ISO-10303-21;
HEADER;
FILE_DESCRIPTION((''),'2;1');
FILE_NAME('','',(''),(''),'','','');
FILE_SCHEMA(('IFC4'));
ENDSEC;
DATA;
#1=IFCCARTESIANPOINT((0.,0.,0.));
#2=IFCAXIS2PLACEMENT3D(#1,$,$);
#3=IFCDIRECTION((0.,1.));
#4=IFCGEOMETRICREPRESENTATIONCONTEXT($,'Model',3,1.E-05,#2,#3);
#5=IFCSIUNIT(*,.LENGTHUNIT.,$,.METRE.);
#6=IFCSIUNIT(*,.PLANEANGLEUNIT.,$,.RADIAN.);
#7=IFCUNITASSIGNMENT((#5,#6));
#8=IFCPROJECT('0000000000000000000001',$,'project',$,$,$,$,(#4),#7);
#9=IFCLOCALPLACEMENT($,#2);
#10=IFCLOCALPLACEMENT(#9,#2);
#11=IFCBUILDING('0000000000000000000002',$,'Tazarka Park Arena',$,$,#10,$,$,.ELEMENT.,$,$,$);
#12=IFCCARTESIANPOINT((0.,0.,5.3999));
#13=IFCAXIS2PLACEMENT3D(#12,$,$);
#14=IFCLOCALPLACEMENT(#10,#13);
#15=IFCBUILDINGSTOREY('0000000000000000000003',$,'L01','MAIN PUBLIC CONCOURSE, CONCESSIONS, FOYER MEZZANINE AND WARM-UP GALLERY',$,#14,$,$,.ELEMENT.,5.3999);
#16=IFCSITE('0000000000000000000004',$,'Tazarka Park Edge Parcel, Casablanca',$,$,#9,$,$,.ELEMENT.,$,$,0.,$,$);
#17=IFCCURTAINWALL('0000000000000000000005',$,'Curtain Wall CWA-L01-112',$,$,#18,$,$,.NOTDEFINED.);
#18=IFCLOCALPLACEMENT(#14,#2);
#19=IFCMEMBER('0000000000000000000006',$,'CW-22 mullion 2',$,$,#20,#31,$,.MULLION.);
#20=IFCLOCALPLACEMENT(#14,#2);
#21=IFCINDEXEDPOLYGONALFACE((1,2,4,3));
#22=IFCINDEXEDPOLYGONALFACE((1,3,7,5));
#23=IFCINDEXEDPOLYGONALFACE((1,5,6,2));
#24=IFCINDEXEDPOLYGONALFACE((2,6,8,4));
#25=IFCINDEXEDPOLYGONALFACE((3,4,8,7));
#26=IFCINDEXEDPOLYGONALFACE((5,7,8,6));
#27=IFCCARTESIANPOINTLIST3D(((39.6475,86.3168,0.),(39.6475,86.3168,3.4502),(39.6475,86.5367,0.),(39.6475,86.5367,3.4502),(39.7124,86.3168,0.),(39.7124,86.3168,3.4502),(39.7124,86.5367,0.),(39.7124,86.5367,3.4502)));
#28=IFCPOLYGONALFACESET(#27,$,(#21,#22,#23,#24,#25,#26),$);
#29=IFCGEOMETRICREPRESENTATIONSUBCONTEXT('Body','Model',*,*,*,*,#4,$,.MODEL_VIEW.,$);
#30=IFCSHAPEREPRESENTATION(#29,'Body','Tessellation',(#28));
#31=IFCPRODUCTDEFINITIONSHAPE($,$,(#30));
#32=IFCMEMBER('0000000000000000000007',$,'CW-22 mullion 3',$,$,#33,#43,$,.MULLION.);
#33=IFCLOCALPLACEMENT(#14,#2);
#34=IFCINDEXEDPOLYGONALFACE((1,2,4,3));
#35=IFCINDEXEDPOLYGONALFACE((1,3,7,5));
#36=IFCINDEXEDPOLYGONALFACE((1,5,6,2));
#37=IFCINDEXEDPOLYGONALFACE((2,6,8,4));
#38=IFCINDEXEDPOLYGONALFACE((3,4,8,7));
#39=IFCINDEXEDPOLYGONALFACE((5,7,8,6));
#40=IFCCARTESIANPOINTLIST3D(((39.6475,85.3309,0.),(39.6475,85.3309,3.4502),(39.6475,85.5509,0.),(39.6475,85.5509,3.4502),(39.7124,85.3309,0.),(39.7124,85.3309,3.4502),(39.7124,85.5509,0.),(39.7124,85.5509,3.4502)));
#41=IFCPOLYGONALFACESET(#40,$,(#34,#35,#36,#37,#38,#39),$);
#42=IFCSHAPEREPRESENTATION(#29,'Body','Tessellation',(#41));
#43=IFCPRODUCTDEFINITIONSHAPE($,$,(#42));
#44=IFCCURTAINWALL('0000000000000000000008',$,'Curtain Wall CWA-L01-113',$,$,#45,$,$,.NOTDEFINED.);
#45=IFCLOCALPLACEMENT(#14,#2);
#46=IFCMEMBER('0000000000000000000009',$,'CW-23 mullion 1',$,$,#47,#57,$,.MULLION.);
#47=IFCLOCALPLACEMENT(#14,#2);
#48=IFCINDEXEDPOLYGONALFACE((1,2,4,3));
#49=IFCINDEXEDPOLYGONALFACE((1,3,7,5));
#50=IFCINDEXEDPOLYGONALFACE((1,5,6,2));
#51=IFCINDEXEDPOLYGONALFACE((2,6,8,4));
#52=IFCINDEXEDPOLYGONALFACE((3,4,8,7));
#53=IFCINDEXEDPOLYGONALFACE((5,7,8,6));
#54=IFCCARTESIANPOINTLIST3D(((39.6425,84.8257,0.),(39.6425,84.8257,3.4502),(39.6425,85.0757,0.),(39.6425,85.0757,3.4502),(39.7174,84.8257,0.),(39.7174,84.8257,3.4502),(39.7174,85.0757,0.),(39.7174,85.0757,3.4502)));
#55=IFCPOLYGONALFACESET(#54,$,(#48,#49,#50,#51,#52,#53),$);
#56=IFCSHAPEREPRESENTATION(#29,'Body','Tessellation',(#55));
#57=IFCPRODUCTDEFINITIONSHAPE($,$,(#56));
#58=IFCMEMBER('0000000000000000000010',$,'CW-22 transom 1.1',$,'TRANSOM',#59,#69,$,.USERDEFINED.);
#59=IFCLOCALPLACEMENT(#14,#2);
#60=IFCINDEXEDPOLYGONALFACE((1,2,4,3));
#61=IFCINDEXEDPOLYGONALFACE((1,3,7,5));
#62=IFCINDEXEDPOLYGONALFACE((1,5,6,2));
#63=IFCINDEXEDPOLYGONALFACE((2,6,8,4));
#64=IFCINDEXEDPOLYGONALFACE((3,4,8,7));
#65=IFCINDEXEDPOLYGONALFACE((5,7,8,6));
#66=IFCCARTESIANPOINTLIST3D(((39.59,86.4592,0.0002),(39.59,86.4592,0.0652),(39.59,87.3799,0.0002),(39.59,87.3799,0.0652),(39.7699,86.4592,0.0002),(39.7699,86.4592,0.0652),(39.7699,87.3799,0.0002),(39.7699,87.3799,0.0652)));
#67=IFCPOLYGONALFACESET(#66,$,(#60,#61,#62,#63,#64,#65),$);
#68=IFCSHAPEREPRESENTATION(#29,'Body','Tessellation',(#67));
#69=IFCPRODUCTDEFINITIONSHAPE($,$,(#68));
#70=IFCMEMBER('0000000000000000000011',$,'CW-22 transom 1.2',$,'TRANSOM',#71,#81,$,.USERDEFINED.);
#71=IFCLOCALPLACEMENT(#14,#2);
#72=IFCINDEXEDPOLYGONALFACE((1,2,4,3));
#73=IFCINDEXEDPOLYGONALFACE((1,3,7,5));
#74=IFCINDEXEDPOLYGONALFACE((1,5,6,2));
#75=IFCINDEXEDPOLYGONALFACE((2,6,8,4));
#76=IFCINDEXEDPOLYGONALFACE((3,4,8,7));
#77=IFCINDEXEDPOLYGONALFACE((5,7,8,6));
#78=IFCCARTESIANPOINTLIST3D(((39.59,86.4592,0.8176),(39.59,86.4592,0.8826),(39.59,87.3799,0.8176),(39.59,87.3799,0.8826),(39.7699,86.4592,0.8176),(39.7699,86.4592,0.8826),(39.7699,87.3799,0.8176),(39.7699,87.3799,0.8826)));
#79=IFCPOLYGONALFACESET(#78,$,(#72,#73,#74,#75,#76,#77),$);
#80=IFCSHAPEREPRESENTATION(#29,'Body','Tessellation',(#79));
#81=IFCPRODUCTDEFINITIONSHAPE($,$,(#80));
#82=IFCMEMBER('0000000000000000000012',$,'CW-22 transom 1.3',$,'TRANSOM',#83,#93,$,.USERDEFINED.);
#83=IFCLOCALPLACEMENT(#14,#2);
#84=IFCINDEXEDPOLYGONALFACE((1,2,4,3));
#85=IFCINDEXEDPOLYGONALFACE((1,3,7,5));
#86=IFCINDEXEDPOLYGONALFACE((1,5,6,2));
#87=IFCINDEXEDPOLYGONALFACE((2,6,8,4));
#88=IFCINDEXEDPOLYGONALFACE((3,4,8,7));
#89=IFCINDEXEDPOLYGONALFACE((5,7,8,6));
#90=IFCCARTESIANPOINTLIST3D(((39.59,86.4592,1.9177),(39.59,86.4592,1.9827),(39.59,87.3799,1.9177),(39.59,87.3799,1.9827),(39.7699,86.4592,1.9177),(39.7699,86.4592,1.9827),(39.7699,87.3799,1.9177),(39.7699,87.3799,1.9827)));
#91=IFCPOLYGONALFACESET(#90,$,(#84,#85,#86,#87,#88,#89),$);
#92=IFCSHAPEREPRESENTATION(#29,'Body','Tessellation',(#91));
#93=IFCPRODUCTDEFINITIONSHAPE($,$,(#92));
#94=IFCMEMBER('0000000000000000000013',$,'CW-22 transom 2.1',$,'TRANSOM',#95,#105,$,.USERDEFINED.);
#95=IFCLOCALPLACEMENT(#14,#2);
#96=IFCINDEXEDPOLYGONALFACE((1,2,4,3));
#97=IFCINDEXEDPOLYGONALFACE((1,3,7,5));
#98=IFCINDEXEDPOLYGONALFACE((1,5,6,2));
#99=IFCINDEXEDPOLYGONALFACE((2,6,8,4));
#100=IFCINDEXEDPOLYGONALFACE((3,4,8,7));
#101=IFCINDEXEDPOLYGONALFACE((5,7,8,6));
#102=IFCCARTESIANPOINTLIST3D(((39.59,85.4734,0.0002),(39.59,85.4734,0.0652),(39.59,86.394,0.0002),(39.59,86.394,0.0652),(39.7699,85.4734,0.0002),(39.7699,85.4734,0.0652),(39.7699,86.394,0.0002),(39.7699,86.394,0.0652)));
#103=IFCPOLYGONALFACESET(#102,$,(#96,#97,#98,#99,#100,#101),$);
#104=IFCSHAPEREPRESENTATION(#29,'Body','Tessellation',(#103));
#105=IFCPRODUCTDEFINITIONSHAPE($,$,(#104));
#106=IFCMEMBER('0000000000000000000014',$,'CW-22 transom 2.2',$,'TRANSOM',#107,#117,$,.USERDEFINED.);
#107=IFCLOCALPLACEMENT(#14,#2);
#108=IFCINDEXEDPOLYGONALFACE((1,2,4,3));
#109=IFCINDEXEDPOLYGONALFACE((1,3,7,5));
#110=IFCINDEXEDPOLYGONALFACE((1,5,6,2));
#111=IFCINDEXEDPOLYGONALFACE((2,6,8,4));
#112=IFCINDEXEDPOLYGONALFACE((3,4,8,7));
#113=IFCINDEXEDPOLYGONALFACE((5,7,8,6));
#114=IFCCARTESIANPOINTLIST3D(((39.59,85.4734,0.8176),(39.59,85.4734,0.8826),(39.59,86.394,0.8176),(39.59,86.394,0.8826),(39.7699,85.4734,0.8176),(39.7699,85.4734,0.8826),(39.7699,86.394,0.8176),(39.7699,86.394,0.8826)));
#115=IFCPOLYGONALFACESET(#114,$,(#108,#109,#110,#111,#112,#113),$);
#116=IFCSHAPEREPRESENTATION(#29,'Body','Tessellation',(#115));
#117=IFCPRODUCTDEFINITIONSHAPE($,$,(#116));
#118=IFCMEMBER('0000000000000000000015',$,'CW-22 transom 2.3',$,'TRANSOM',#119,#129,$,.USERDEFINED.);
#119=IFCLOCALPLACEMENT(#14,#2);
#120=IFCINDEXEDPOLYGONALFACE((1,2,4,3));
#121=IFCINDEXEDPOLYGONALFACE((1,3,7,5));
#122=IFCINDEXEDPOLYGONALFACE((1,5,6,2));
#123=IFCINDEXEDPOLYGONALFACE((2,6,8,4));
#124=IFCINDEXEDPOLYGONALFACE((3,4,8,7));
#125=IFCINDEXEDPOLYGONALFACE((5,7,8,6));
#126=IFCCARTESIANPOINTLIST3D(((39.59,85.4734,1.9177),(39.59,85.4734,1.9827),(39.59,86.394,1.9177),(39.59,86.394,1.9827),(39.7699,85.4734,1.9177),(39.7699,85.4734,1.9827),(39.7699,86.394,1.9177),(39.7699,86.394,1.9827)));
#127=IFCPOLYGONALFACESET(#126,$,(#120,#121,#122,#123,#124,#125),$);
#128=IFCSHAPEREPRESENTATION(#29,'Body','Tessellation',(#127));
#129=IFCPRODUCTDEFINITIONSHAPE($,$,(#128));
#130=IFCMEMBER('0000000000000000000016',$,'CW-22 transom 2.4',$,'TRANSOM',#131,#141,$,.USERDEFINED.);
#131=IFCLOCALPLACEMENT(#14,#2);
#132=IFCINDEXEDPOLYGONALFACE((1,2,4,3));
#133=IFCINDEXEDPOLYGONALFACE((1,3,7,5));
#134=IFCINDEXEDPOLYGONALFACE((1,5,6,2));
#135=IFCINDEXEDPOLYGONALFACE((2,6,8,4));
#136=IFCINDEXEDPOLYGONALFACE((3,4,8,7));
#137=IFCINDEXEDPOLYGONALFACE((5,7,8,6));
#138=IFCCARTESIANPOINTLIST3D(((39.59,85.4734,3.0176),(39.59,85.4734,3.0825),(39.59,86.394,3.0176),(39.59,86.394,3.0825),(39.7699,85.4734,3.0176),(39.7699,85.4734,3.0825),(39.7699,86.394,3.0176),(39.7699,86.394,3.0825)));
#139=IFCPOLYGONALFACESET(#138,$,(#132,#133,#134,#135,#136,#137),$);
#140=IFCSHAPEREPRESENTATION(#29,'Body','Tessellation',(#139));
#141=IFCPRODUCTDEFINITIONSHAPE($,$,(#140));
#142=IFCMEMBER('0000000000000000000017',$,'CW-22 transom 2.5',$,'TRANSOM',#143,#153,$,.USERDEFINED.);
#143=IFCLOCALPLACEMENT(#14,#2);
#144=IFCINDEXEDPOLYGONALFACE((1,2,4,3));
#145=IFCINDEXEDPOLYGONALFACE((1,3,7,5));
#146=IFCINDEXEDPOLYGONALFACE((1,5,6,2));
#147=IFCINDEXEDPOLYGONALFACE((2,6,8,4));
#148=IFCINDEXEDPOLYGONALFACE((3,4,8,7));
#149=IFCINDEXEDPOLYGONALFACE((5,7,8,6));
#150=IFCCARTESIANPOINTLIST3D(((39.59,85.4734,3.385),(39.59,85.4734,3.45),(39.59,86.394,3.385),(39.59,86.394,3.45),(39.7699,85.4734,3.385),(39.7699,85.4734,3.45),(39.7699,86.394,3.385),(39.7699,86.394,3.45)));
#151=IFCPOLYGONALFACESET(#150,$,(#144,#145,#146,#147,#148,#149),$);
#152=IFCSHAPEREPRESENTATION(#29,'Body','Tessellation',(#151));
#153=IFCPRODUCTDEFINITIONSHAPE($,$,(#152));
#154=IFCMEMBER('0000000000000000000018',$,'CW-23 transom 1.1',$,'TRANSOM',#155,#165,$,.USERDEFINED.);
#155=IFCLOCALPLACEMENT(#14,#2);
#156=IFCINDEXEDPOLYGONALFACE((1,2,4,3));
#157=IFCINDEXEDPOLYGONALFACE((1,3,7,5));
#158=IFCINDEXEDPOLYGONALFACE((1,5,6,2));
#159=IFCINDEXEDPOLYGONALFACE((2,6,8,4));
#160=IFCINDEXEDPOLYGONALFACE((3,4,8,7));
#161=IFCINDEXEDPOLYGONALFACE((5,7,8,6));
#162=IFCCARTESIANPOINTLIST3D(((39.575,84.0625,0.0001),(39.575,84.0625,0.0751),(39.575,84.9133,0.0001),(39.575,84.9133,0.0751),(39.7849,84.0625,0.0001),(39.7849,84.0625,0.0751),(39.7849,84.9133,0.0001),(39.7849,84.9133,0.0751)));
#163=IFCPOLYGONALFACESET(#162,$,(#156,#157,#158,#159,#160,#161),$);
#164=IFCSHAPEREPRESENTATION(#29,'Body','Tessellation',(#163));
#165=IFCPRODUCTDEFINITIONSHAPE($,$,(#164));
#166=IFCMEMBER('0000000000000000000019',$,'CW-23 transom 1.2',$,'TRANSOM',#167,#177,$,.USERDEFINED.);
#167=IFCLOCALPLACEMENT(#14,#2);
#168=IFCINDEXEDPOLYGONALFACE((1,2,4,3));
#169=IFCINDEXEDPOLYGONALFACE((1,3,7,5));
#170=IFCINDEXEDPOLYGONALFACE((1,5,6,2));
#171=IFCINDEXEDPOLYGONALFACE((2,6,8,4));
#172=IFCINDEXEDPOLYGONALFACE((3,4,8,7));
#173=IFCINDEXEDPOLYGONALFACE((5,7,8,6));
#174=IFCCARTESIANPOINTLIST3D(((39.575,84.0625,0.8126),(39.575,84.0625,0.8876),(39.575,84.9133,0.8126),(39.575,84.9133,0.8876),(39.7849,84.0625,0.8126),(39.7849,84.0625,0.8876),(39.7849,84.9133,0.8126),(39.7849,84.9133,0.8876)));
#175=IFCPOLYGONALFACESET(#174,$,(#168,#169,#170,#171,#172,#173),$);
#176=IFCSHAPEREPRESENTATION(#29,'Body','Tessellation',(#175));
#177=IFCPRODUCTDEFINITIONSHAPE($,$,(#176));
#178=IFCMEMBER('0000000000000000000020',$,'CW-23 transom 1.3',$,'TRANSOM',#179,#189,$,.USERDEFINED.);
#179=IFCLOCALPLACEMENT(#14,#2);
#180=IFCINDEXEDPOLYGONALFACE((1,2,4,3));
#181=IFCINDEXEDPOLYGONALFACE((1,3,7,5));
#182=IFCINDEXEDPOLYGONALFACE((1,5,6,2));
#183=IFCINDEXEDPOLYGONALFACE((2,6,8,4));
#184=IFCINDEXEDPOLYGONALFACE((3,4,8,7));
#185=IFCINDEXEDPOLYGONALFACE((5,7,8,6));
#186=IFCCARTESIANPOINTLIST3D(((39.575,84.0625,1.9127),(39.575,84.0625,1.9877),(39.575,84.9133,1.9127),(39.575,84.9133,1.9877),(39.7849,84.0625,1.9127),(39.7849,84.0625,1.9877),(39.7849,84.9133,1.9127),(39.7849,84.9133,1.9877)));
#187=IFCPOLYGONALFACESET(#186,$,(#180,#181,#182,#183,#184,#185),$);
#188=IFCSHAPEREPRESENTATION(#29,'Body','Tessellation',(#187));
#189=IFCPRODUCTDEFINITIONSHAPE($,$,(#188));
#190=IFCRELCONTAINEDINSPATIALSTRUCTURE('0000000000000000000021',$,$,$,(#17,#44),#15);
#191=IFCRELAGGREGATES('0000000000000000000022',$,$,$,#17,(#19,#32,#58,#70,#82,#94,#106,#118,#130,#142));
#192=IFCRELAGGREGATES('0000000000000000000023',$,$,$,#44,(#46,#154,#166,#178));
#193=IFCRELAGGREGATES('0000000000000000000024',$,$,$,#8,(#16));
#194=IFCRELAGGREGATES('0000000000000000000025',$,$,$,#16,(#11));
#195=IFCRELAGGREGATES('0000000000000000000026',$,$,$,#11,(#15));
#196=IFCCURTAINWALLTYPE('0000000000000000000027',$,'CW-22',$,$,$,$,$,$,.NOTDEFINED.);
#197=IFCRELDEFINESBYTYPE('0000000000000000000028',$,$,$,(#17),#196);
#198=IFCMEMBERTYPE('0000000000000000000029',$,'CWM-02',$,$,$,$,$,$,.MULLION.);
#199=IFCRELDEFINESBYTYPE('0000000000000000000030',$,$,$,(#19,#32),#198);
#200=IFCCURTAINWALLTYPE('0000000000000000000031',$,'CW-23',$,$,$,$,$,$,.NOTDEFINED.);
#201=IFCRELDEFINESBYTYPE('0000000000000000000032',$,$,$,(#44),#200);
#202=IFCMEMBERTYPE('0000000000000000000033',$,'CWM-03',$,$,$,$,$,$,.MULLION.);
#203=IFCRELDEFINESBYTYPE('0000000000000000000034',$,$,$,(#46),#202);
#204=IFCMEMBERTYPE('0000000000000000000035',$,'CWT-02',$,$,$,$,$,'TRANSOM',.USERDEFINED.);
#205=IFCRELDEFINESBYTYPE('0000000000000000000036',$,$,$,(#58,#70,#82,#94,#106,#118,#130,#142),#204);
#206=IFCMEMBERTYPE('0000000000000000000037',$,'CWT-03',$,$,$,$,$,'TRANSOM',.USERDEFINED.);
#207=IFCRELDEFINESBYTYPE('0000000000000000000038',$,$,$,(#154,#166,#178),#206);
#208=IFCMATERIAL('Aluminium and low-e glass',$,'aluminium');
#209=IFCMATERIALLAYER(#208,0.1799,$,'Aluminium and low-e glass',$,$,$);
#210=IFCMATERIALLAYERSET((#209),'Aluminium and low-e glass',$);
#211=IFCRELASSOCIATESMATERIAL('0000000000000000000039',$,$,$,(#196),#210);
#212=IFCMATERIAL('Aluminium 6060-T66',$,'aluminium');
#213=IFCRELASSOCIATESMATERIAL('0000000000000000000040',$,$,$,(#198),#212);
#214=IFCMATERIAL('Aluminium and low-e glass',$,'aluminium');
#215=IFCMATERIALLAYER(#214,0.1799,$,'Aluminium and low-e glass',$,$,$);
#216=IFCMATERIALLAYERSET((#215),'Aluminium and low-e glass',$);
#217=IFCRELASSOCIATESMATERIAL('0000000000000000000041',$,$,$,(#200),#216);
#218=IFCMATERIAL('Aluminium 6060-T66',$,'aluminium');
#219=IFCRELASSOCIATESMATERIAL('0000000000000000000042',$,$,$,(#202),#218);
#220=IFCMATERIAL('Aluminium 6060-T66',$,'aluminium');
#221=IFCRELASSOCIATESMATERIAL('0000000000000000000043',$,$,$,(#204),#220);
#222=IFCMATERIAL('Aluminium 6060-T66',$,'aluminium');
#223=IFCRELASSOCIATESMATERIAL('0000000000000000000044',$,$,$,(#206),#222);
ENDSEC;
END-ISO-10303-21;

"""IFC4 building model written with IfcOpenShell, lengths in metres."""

from ifc_helpers import new_model, si_unit, direction, frame, origin, origin_2d, place, context, subcontext, project, spatial, rectangle, extrude, material, layer, layer_set, material_profile, profile_set, type_object, element, aggregate, save


model = new_model("IFC4")

# Units and contexts
model_context = context("Model", 3, precision=1e-05, world=origin(), true_north=direction((0.0, 1.0)))
body_context = subcontext(model_context, "Body", "Model", "MODEL_VIEW")
ifc_project = project(units=[si_unit("LENGTHUNIT", "METRE"), si_unit("PLANEANGLEUNIT", "RADIAN")], contexts=[model_context])

# Site, building, storey
site_placement = place(None, origin())
site = spatial("IfcSite", under=ifc_project, at=site_placement, Name="Tazarka Park Edge Parcel, Casablanca", CompositionType="ELEMENT", RefElevation=0.0)
building_placement = place(site_placement, origin())
building = spatial("IfcBuilding", under=site, at=building_placement, Name="Tazarka Park Arena", CompositionType="ELEMENT")
storey_placement = place(building_placement, frame((0.0, 0.0, 5.3999)))
storey = spatial("IfcBuildingStorey", under=building, at=storey_placement, Name="L01", Description="MAIN PUBLIC CONCOURSE, CONCESSIONS, FOYER MEZZANINE AND WARM-UP GALLERY", CompositionType="ELEMENT", Elevation=5.3999)

# Curtain wall, members
ifc_material_1 = material(Name="Aluminium and low-e glass", Category="aluminium")
ifc_layer_1 = layer(ifc_material_1, 0.1799, Name="Aluminium and low-e glass")
ifc_layer_set_1 = layer_set([ifc_layer_1], Name="Aluminium and low-e glass")
curtain_wall_type_1 = type_object("IfcCurtainWallType", Name="CW-22", PredefinedType="NOTDEFINED", material=ifc_layer_set_1)
curtain_wall_1_placement = place(storey_placement, origin())
curtain_wall_1 = element("IfcCurtainWall", 1, at=curtain_wall_1_placement, inside=storey, type_object=curtain_wall_type_1, Name="Curtain Wall CWA-L01-112", PredefinedType="NOTDEFINED")
ifc_material_2 = material(Name="Aluminium 6060-T66", Category="aluminium")
ifc_material_profile_1 = material_profile(ifc_material_2, rectangle(XDim=0.0649, YDim=0.22, at=origin_2d()), Name="Aluminium 6060-T66")
ifc_profile_set_1 = profile_set([ifc_material_profile_1], Name="Aluminium 6060-T66")
member_type_1 = type_object("IfcMemberType", Name="CWM-02", PredefinedType="MULLION", material=ifc_profile_set_1)
member_1_placement = place(storey_placement, frame((39.6799, 86.4268, 0.0), z_axis=(0.0, 0.0, 1.0), x_axis=(1.0, 0.0, 0.0)))
member_1 = element("IfcMember", 2, at=member_1_placement, type_object=member_type_1, Name="CW-22 mullion 2", PredefinedType="MULLION", context=body_context, shape_type="SweptSolid", body=[
    extrude(rectangle(XDim=0.0649, YDim=0.22, at=origin_2d()), origin(), (0.0, 0.0, 1.0), 3.4502),
])
member_2_placement = place(storey_placement, frame((39.6799, 85.4409, 0.0), z_axis=(0.0, 0.0, 1.0), x_axis=(1.0, 0.0, 0.0)))
member_2 = element("IfcMember", 3, at=member_2_placement, type_object=member_type_1, Name="CW-22 mullion 3", PredefinedType="MULLION", context=body_context, shape_type="SweptSolid", body=[
    extrude(rectangle(XDim=0.0649, YDim=0.22, at=origin_2d()), origin(), (0.0, 0.0, 1.0), 3.4502),
])

# Curtain wall, member
ifc_material_3 = material(Name="Aluminium and low-e glass", Category="aluminium")
ifc_layer_2 = layer(ifc_material_3, 0.1799, Name="Aluminium and low-e glass")
ifc_layer_set_2 = layer_set([ifc_layer_2], Name="Aluminium and low-e glass")
curtain_wall_type_2 = type_object("IfcCurtainWallType", Name="CW-23", PredefinedType="NOTDEFINED", material=ifc_layer_set_2)
curtain_wall_2_placement = place(storey_placement, origin())
curtain_wall_2 = element("IfcCurtainWall", 4, at=curtain_wall_2_placement, inside=storey, type_object=curtain_wall_type_2, Name="Curtain Wall CWA-L01-113", PredefinedType="NOTDEFINED")
ifc_material_4 = material(Name="Aluminium 6060-T66", Category="aluminium")
ifc_material_profile_2 = material_profile(ifc_material_4, rectangle(XDim=0.075, YDim=0.25, at=origin_2d()), Name="Aluminium 6060-T66")
ifc_profile_set_2 = profile_set([ifc_material_profile_2], Name="Aluminium 6060-T66")
member_type_2 = type_object("IfcMemberType", Name="CWM-03", PredefinedType="MULLION", material=ifc_profile_set_2)
member_3_placement = place(storey_placement, frame((39.6799, 84.9507, 0.0), z_axis=(0.0, 0.0, 1.0), x_axis=(1.0, 0.0, 0.0)))
member_3 = element("IfcMember", 5, at=member_3_placement, type_object=member_type_2, Name="CW-23 mullion 1", PredefinedType="MULLION", context=body_context, shape_type="SweptSolid", body=[
    extrude(rectangle(XDim=0.075, YDim=0.25, at=origin_2d()), origin(), (0.0, 0.0, 1.0), 3.4502),
])

# Members
ifc_material_5 = material(Name="Aluminium 6060-T66", Category="aluminium")
ifc_material_profile_3 = material_profile(ifc_material_5, rectangle(XDim=0.1799, YDim=0.0649, at=origin_2d()), Name="Aluminium 6060-T66")
ifc_profile_set_3 = profile_set([ifc_material_profile_3], Name="Aluminium 6060-T66")
member_type_3 = type_object("IfcMemberType", Name="CWT-02", ElementType="TRANSOM", PredefinedType="USERDEFINED", material=ifc_profile_set_3)
member_4_placement = place(storey_placement, frame((39.6799, 87.3799, 0.0327), z_axis=(0.0, -1.0, 0.0), x_axis=(1.0, 0.0, 0.0)))
member_4 = element("IfcMember", 6, at=member_4_placement, type_object=member_type_3, Name="CW-22 transom 1.1", ObjectType="TRANSOM", PredefinedType="USERDEFINED", context=body_context, shape_type="SweptSolid", body=[
    extrude(rectangle(XDim=0.1799, YDim=0.0649, at=origin_2d()), origin(), (0.0, 0.0, 1.0), 0.9207),
])
member_5_placement = place(storey_placement, frame((39.6799, 87.3799, 0.8501), z_axis=(0.0, -1.0, 0.0), x_axis=(1.0, 0.0, 0.0)))
member_5 = element("IfcMember", 7, at=member_5_placement, type_object=member_type_3, Name="CW-22 transom 1.2", ObjectType="TRANSOM", PredefinedType="USERDEFINED", context=body_context, shape_type="SweptSolid", body=[
    extrude(rectangle(XDim=0.1799, YDim=0.0649, at=origin_2d()), origin(), (0.0, 0.0, 1.0), 0.9207),
])
member_6_placement = place(storey_placement, frame((39.6799, 87.3799, 1.9502), z_axis=(0.0, -1.0, 0.0), x_axis=(1.0, 0.0, 0.0)))
member_6 = element("IfcMember", 8, at=member_6_placement, type_object=member_type_3, Name="CW-22 transom 1.3", ObjectType="TRANSOM", PredefinedType="USERDEFINED", context=body_context, shape_type="SweptSolid", body=[
    extrude(rectangle(XDim=0.1799, YDim=0.0649, at=origin_2d()), origin(), (0.0, 0.0, 1.0), 0.9207),
])
member_7_placement = place(storey_placement, frame((39.6799, 86.394, 0.0327), z_axis=(0.0, -1.0, 0.0), x_axis=(1.0, 0.0, 0.0)))
member_7 = element("IfcMember", 9, at=member_7_placement, type_object=member_type_3, Name="CW-22 transom 2.1", ObjectType="TRANSOM", PredefinedType="USERDEFINED", context=body_context, shape_type="SweptSolid", body=[
    extrude(rectangle(XDim=0.1799, YDim=0.0649, at=origin_2d()), origin(), (0.0, 0.0, 1.0), 0.9207),
])
member_8_placement = place(storey_placement, frame((39.6799, 86.394, 0.8501), z_axis=(0.0, -1.0, 0.0), x_axis=(1.0, 0.0, 0.0)))
member_8 = element("IfcMember", 10, at=member_8_placement, type_object=member_type_3, Name="CW-22 transom 2.2", ObjectType="TRANSOM", PredefinedType="USERDEFINED", context=body_context, shape_type="SweptSolid", body=[
    extrude(rectangle(XDim=0.1799, YDim=0.0649, at=origin_2d()), origin(), (0.0, 0.0, 1.0), 0.9207),
])
member_9_placement = place(storey_placement, frame((39.6799, 86.394, 1.9502), z_axis=(0.0, -1.0, 0.0), x_axis=(1.0, 0.0, 0.0)))
member_9 = element("IfcMember", 11, at=member_9_placement, type_object=member_type_3, Name="CW-22 transom 2.3", ObjectType="TRANSOM", PredefinedType="USERDEFINED", context=body_context, shape_type="SweptSolid", body=[
    extrude(rectangle(XDim=0.1799, YDim=0.0649, at=origin_2d()), origin(), (0.0, 0.0, 1.0), 0.9207),
])
member_10_placement = place(storey_placement, frame((39.6799, 86.394, 3.05), z_axis=(0.0, -1.0, 0.0), x_axis=(1.0, 0.0, 0.0)))
member_10 = element("IfcMember", 12, at=member_10_placement, type_object=member_type_3, Name="CW-22 transom 2.4", ObjectType="TRANSOM", PredefinedType="USERDEFINED", context=body_context, shape_type="SweptSolid", body=[
    extrude(rectangle(XDim=0.1799, YDim=0.0649, at=origin_2d()), origin(), (0.0, 0.0, 1.0), 0.9207),
])
member_11_placement = place(storey_placement, frame((39.6799, 86.394, 3.4175), z_axis=(0.0, -1.0, 0.0), x_axis=(1.0, 0.0, 0.0)))
member_11 = element("IfcMember", 13, at=member_11_placement, type_object=member_type_3, Name="CW-22 transom 2.5", ObjectType="TRANSOM", PredefinedType="USERDEFINED", context=body_context, shape_type="SweptSolid", body=[
    extrude(rectangle(XDim=0.1799, YDim=0.0649, at=origin_2d()), origin(), (0.0, 0.0, 1.0), 0.9207),
])
ifc_material_6 = material(Name="Aluminium 6060-T66", Category="aluminium")
ifc_material_profile_4 = material_profile(ifc_material_6, rectangle(XDim=0.21, YDim=0.075, at=origin_2d()), Name="Aluminium 6060-T66")
ifc_profile_set_4 = profile_set([ifc_material_profile_4], Name="Aluminium 6060-T66")
member_type_4 = type_object("IfcMemberType", Name="CWT-03", ElementType="TRANSOM", PredefinedType="USERDEFINED", material=ifc_profile_set_4)
member_12_placement = place(storey_placement, frame((39.6799, 84.9133, 0.0376), z_axis=(0.0, -1.0, 0.0), x_axis=(1.0, 0.0, 0.0)))
member_12 = element("IfcMember", 14, at=member_12_placement, type_object=member_type_4, Name="CW-23 transom 1.1", ObjectType="TRANSOM", PredefinedType="USERDEFINED", context=body_context, shape_type="SweptSolid", body=[
    extrude(rectangle(XDim=0.21, YDim=0.075, at=origin_2d()), origin(), (0.0, 0.0, 1.0), 0.8508),
])
member_13_placement = place(storey_placement, frame((39.6799, 84.9133, 0.8501), z_axis=(0.0, -1.0, 0.0), x_axis=(1.0, 0.0, 0.0)))
member_13 = element("IfcMember", 15, at=member_13_placement, type_object=member_type_4, Name="CW-23 transom 1.2", ObjectType="TRANSOM", PredefinedType="USERDEFINED", context=body_context, shape_type="SweptSolid", body=[
    extrude(rectangle(XDim=0.21, YDim=0.075, at=origin_2d()), origin(), (0.0, 0.0, 1.0), 0.8508),
])
member_14_placement = place(storey_placement, frame((39.6799, 84.9133, 1.9502), z_axis=(0.0, -1.0, 0.0), x_axis=(1.0, 0.0, 0.0)))
member_14 = element("IfcMember", 16, at=member_14_placement, type_object=member_type_4, Name="CW-23 transom 1.3", ObjectType="TRANSOM", PredefinedType="USERDEFINED", context=body_context, shape_type="SweptSolid", body=[
    extrude(rectangle(XDim=0.21, YDim=0.075, at=origin_2d()), origin(), (0.0, 0.0, 1.0), 0.8508),
])

aggregate(curtain_wall_1, [member_1, member_2, member_4, member_5, member_6, member_7, member_8, member_9, member_10, member_11])
aggregate(curtain_wall_2, [member_3, member_12, member_13, member_14])

save(model, "model.ifc")
